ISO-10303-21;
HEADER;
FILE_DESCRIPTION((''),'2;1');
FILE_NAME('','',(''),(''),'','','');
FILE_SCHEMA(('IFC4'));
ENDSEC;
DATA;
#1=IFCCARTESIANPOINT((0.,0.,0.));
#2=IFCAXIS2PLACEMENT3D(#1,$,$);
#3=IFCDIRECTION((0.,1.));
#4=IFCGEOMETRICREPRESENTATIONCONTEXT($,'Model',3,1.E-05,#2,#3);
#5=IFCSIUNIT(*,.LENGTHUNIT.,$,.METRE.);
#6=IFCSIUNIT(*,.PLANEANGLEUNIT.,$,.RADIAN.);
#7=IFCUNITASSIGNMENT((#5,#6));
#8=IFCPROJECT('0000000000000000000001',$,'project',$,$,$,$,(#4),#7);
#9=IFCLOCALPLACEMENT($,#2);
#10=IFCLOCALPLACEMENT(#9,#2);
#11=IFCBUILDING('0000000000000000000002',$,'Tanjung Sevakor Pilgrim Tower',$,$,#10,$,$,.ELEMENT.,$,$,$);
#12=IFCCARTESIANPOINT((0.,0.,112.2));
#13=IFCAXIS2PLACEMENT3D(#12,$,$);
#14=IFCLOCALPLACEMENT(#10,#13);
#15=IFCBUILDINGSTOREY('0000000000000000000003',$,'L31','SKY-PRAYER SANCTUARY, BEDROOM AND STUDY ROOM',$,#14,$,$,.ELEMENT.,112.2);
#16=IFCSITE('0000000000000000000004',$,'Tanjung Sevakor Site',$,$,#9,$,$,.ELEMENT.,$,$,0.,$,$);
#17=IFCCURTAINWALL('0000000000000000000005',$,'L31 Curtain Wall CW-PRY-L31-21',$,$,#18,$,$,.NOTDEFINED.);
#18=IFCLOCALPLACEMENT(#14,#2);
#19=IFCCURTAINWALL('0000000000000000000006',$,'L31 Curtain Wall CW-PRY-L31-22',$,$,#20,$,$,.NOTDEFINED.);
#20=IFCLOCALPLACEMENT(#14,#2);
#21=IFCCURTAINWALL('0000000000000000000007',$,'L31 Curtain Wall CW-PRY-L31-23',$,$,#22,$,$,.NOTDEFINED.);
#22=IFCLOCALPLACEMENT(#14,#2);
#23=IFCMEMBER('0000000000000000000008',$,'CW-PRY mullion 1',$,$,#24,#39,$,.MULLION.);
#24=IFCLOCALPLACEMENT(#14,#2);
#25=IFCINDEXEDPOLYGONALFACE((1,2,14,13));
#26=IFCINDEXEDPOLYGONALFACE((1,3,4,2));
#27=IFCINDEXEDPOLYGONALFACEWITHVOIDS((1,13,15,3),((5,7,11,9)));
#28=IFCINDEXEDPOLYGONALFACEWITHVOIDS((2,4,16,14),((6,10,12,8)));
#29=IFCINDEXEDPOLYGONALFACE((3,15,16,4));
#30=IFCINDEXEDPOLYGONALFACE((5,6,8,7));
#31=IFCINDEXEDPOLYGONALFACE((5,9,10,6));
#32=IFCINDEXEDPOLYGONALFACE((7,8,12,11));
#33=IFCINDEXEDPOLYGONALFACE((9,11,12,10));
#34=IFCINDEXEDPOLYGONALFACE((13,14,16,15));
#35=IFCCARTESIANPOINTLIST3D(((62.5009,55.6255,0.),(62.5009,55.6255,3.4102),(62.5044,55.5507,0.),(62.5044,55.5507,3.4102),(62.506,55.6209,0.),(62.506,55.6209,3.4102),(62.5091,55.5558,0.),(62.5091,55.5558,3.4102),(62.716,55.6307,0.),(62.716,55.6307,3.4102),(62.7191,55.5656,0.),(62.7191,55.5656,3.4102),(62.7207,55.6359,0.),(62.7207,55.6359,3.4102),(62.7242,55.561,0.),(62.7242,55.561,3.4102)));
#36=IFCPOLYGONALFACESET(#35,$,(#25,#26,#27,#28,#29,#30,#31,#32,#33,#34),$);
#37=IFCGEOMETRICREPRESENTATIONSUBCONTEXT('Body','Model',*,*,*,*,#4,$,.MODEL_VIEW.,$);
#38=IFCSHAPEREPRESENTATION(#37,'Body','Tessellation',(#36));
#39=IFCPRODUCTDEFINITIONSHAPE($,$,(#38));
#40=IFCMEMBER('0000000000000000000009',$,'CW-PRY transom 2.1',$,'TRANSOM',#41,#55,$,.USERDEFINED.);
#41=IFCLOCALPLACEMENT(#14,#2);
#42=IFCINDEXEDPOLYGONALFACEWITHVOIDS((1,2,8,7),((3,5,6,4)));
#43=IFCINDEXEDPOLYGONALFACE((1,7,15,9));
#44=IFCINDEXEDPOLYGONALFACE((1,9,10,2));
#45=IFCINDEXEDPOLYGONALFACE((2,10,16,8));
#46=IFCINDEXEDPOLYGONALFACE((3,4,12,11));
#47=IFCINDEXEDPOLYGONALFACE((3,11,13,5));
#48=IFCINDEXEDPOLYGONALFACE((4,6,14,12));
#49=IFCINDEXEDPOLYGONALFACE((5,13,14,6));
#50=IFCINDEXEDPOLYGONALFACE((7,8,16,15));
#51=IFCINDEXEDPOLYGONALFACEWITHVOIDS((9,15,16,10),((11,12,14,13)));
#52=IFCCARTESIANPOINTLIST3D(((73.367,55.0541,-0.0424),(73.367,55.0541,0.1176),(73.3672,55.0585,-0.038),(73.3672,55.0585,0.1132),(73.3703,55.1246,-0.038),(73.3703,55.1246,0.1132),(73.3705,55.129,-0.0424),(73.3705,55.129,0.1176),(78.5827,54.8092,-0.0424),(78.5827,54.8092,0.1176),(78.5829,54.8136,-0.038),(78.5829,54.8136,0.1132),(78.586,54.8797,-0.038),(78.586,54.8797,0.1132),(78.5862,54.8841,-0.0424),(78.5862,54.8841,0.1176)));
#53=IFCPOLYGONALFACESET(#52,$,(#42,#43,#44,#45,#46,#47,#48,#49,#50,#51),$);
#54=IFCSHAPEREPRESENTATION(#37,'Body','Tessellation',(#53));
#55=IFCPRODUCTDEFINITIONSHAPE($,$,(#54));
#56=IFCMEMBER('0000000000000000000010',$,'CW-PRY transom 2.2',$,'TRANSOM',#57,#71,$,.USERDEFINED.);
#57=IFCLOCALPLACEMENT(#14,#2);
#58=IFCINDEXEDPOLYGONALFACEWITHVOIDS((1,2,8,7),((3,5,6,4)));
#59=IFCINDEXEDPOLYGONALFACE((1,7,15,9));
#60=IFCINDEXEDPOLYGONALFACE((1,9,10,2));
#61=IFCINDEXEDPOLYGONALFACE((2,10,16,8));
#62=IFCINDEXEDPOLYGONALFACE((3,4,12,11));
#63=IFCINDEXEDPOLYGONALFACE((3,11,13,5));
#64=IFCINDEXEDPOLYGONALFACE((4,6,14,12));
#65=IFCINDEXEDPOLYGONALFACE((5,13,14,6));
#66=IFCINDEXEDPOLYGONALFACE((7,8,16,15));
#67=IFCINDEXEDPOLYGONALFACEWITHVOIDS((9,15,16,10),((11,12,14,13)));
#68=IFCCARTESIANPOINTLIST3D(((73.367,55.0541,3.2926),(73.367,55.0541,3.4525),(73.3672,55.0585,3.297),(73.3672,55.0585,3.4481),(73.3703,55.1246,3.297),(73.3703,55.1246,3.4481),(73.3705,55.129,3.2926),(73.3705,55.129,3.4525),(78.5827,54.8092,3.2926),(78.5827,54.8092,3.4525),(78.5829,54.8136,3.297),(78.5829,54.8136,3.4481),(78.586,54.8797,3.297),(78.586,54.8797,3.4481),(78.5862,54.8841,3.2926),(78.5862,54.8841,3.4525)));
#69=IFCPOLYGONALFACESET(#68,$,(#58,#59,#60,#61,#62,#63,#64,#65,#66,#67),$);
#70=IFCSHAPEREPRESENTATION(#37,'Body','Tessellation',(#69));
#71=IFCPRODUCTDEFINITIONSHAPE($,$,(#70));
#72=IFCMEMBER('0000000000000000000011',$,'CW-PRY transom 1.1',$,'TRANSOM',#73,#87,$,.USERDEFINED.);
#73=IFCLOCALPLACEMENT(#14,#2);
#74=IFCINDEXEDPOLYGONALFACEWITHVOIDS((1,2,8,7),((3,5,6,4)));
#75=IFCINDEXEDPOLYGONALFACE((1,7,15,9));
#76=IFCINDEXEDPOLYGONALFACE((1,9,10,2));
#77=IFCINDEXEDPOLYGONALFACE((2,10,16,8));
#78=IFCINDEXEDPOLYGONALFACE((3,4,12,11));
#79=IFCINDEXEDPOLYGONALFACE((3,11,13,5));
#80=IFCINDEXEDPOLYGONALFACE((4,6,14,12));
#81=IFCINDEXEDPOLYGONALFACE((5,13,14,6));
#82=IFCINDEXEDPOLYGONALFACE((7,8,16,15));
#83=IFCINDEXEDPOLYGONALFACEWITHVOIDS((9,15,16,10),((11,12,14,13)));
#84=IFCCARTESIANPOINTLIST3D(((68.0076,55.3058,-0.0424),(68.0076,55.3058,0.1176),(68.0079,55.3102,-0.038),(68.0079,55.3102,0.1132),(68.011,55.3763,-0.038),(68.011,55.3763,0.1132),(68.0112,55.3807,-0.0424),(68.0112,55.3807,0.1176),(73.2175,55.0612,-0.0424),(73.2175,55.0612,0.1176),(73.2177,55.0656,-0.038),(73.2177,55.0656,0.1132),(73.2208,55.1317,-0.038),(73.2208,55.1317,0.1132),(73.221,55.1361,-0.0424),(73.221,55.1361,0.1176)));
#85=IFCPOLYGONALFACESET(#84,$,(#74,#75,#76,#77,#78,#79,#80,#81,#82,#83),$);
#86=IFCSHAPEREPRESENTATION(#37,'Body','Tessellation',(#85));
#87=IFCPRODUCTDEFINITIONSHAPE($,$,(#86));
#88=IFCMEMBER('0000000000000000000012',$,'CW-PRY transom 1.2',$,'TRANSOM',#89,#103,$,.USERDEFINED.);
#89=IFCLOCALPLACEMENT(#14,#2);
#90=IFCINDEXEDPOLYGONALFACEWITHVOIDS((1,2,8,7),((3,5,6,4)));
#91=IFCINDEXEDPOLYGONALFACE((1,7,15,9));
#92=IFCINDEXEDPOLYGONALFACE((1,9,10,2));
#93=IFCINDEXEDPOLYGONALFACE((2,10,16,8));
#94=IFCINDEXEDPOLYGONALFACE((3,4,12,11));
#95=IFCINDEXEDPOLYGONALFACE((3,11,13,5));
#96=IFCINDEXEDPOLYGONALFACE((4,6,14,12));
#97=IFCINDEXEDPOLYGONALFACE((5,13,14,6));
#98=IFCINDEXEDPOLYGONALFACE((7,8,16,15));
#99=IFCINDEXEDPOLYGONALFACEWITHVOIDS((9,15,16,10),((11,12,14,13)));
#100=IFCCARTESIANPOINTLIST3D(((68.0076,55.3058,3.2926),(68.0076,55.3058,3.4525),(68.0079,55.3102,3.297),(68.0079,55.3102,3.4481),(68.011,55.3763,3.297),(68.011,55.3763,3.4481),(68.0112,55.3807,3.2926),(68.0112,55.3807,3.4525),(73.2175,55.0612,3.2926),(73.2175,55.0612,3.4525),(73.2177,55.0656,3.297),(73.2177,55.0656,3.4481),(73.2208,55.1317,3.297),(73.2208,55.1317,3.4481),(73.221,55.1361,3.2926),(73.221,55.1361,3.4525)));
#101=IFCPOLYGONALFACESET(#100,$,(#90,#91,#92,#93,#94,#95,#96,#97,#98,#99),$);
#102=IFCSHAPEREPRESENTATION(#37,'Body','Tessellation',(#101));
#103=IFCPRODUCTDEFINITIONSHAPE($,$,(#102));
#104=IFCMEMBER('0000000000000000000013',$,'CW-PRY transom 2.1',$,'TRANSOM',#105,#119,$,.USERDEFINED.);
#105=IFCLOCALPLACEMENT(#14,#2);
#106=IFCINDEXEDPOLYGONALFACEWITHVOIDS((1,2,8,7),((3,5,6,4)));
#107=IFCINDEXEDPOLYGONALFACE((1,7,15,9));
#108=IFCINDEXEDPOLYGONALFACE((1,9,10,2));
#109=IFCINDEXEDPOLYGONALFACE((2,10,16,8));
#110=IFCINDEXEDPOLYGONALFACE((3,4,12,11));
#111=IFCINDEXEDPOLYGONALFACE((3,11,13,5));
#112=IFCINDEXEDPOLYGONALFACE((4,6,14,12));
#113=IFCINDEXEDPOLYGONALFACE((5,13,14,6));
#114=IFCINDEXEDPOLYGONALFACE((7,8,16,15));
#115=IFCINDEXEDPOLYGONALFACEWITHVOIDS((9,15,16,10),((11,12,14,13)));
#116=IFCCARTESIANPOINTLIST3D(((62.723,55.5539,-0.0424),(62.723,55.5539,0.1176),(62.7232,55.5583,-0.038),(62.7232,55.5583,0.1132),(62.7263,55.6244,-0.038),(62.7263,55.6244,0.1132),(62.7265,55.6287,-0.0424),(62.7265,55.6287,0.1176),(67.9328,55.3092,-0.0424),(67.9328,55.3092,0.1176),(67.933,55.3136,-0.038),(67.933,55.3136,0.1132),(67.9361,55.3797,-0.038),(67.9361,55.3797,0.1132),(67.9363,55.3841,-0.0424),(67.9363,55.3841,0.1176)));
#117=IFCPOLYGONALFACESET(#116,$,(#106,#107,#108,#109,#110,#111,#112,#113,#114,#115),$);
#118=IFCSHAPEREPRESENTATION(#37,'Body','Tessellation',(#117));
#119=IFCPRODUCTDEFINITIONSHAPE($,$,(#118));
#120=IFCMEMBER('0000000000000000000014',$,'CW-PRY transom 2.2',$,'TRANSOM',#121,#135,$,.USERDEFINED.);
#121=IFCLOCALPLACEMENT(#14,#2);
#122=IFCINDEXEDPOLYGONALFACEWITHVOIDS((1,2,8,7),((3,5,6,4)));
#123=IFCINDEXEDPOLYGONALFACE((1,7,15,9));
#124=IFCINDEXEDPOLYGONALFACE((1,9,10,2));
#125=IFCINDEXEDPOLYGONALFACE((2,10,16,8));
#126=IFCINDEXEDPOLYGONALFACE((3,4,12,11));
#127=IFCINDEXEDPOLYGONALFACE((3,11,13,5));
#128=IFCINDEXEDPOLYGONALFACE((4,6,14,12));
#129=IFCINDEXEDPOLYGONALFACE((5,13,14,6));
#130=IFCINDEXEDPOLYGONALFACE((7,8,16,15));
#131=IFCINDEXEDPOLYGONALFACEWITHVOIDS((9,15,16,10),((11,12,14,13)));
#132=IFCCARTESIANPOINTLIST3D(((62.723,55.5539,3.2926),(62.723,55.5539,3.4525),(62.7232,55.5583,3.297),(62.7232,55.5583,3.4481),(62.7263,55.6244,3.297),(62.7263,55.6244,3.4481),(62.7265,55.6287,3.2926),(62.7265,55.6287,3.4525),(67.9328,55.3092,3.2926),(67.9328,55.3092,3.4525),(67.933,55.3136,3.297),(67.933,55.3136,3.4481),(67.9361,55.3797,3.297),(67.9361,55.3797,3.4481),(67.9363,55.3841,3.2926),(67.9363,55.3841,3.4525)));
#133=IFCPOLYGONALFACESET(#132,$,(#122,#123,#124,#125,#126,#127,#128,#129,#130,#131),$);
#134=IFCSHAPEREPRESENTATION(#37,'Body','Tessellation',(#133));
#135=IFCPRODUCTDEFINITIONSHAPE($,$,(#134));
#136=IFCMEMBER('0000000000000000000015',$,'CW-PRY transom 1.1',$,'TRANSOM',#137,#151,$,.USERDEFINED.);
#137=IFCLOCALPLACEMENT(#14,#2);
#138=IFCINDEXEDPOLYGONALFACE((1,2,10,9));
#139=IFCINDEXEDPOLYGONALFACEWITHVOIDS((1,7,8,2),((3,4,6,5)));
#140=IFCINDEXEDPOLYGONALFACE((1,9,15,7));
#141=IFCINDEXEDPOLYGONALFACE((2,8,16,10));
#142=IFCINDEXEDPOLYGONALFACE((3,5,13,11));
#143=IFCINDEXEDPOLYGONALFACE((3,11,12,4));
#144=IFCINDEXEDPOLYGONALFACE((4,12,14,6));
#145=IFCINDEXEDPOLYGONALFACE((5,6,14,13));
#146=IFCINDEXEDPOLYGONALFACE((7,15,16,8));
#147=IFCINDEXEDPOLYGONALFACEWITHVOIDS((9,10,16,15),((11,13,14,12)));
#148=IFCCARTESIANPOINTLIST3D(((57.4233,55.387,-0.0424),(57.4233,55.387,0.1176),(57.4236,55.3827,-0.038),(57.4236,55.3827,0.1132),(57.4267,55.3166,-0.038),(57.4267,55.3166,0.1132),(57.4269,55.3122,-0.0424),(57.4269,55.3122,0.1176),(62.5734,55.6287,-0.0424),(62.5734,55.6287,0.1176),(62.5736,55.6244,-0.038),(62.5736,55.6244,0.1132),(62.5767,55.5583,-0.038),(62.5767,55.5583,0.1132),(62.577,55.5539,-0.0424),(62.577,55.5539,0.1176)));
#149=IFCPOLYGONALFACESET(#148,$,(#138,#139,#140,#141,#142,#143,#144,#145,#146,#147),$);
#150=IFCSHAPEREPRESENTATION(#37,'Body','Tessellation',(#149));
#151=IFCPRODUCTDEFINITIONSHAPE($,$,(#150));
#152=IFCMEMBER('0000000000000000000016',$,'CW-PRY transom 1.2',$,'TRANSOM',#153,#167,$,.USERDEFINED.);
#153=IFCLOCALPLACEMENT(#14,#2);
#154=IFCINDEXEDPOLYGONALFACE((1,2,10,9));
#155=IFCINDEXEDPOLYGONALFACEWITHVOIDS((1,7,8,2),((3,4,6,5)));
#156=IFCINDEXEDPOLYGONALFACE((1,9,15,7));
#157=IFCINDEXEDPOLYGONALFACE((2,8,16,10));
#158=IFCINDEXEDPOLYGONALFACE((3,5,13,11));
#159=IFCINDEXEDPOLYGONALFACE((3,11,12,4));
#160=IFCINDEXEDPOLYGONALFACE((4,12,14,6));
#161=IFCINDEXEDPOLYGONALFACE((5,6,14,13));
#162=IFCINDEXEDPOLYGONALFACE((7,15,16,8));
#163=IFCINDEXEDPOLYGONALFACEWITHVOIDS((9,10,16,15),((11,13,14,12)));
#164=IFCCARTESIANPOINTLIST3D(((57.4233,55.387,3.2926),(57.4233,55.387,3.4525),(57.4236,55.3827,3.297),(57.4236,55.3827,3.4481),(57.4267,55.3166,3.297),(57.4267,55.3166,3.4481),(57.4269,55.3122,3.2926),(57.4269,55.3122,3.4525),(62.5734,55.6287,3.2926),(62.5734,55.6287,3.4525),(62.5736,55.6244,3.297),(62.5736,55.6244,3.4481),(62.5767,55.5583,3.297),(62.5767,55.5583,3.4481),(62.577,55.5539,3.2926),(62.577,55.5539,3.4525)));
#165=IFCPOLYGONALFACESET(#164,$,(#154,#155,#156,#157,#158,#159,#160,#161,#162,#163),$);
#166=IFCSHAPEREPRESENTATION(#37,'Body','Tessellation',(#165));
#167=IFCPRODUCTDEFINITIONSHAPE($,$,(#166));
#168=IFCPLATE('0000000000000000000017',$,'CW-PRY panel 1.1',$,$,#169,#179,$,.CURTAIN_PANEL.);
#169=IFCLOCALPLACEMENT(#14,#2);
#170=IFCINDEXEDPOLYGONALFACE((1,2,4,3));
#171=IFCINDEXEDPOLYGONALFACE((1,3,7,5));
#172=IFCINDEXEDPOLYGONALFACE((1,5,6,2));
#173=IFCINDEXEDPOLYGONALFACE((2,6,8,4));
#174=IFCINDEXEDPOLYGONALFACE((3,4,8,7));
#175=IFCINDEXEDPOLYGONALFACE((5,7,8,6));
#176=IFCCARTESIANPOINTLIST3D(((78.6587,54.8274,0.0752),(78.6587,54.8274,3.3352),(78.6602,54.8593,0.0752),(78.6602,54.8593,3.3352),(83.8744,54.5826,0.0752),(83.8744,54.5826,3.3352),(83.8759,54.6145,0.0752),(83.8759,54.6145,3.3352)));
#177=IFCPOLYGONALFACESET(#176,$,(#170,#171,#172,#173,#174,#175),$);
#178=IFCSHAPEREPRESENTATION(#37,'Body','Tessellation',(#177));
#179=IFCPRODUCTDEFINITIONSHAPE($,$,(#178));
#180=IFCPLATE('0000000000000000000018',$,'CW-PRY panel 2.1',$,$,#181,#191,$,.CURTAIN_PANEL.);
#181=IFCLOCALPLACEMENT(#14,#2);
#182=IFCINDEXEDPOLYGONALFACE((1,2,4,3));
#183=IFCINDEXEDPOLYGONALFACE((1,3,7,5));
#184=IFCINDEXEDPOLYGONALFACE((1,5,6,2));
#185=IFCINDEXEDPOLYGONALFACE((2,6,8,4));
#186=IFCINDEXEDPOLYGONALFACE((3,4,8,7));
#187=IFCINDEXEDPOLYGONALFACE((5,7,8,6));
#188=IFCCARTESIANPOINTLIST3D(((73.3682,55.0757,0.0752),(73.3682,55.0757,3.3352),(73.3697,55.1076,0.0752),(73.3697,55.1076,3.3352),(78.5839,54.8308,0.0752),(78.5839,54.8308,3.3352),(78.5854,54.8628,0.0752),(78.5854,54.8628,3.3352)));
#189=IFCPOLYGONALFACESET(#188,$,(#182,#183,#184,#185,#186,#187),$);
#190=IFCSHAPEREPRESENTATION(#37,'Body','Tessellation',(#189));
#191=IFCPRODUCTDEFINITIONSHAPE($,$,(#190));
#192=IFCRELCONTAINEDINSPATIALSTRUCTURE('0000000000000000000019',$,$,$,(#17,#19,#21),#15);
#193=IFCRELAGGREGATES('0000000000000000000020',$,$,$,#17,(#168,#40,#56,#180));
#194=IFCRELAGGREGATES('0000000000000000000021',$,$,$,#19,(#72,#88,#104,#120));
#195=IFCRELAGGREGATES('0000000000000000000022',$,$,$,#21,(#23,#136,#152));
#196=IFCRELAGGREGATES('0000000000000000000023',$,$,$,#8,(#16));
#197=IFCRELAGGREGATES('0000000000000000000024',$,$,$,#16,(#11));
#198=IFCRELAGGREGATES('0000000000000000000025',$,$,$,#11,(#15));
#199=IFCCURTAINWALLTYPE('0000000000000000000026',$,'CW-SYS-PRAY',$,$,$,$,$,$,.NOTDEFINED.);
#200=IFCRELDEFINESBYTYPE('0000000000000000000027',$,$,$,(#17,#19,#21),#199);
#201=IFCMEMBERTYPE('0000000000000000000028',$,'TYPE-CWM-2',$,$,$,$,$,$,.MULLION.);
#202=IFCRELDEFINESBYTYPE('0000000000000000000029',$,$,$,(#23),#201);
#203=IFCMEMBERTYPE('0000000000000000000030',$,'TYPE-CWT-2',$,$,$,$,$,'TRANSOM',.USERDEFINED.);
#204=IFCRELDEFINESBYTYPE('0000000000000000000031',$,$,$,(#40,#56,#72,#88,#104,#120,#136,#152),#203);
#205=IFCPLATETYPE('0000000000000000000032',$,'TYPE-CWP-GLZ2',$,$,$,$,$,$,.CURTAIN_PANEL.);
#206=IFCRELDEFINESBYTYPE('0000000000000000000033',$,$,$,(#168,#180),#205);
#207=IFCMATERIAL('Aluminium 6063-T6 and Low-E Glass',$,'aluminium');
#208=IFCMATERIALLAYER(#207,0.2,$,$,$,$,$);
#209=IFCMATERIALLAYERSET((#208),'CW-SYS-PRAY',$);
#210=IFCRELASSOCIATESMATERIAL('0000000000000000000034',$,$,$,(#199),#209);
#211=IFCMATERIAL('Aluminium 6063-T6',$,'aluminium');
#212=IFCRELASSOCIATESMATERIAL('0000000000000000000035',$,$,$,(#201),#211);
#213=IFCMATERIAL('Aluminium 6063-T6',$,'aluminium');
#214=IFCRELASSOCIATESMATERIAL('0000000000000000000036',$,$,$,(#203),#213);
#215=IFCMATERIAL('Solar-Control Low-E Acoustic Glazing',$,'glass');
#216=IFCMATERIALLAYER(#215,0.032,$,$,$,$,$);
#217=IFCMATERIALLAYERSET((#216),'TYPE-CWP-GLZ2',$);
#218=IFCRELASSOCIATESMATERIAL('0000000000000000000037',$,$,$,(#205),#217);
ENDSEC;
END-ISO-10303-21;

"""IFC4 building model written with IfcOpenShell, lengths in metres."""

from ifc_helpers import new_model, si_unit, direction, frame, origin, origin_2d, place, context, subcontext, project, spatial, rectangle, hollow_rectangle, extrude, material, layer, layer_set, material_profile, profile_set, type_object, element, aggregate, save


model = new_model("IFC4")

# Units and contexts
model_context = context("Model", 3, precision=1e-05, world=origin(), true_north=direction((0.0, 1.0)))
body_context = subcontext(model_context, "Body", "Model", "MODEL_VIEW")
ifc_project = project(units=[si_unit("LENGTHUNIT", "METRE"), si_unit("PLANEANGLEUNIT", "RADIAN")], contexts=[model_context])

# Site, building, storey
site_placement = place(None, origin())
site = spatial("IfcSite", under=ifc_project, at=site_placement, Name="Tanjung Sevakor Site", CompositionType="ELEMENT", RefElevation=0.0)
building_placement = place(site_placement, origin())
building = spatial("IfcBuilding", under=site, at=building_placement, Name="Tanjung Sevakor Pilgrim Tower", CompositionType="ELEMENT")
storey_placement = place(building_placement, frame((0.0, 0.0, 112.2)))
storey = spatial("IfcBuildingStorey", under=building, at=storey_placement, Name="L31", Description="SKY-PRAYER SANCTUARY, BEDROOM AND STUDY ROOM", CompositionType="ELEMENT", Elevation=112.2)

# Curtain walls
ifc_material_1 = material(Name="Aluminium 6063-T6 and Low-E Glass", Category="aluminium")
ifc_layer_1 = layer(ifc_material_1, 0.2)
ifc_layer_set_1 = layer_set([ifc_layer_1], Name="CW-SYS-PRAY")
curtain_wall_type = type_object("IfcCurtainWallType", Name="CW-SYS-PRAY", PredefinedType="NOTDEFINED", material=ifc_layer_set_1)
curtain_wall_1_placement = place(storey_placement, origin())
curtain_wall_1 = element("IfcCurtainWall", 1, at=curtain_wall_1_placement, inside=storey, type_object=curtain_wall_type, Name="L31 Curtain Wall CW-PRY-L31-21", PredefinedType="NOTDEFINED")
ifc_material_2 = material(Name="Aluminium 6063-T6", Category="aluminium")
ifc_material_profile_1 = material_profile(ifc_material_2, hollow_rectangle(XDim=0.075, YDim=0.22, WallThickness=0.0049, at=origin_2d()))
ifc_profile_set_1 = profile_set([ifc_material_profile_1], Name="Aluminium 6063-T6")
member_type_1 = type_object("IfcMemberType", Name="TYPE-CWM-2", PredefinedType="MULLION", material=ifc_profile_set_1)
curtain_wall_2_placement = place(storey_placement, origin())
curtain_wall_2 = element("IfcCurtainWall", 2, at=curtain_wall_2_placement, inside=storey, type_object=curtain_wall_type, Name="L31 Curtain Wall CW-PRY-L31-22", PredefinedType="NOTDEFINED")

# Curtain wall, member
curtain_wall_3_placement = place(storey_placement, origin())
curtain_wall_3 = element("IfcCurtainWall", 3, at=curtain_wall_3_placement, inside=storey, type_object=curtain_wall_type, Name="L31 Curtain Wall CW-PRY-L31-23", PredefinedType="NOTDEFINED")
member_1_placement = place(storey_placement, frame((62.6125, 55.5933, 0.0), z_axis=(0.0, 0.0, 1.0), x_axis=(0.046903, -0.998899, 0.0)))
member_1 = element("IfcMember", 4, at=member_1_placement, type_object=member_type_1, Name="CW-PRY mullion 1", PredefinedType="MULLION", context=body_context, shape_type="SweptSolid", body=[
    extrude(hollow_rectangle(XDim=0.075, YDim=0.22, WallThickness=0.0049, at=origin_2d()), origin(), (0.0, 0.0, 1.0), 3.4102),
])

# Members
ifc_material_3 = material(Name="Aluminium 6063-T6", Category="aluminium")
ifc_material_profile_2 = material_profile(ifc_material_3, hollow_rectangle(XDim=0.075, YDim=0.1599, WallThickness=0.0044, at=origin_2d()))
ifc_profile_set_2 = profile_set([ifc_material_profile_2], Name="Aluminium 6063-T6")
member_type_2 = type_object("IfcMemberType", Name="TYPE-CWT-2", ElementType="TRANSOM", PredefinedType="USERDEFINED", material=ifc_profile_set_2)
member_2_placement = place(storey_placement, frame((78.5845, 54.8467, 0.0376), z_axis=(-0.9989, 0.046899, 0.0), x_axis=(-0.046899, -0.9989, 0.0)))
member_2 = element("IfcMember", 5, at=member_2_placement, type_object=member_type_2, Name="CW-PRY transom 2.1", ObjectType="TRANSOM", PredefinedType="USERDEFINED", context=body_context, shape_type="SweptSolid", body=[
    extrude(hollow_rectangle(XDim=0.075, YDim=0.1599, WallThickness=0.0044, at=origin_2d()), origin(), (0.0, 0.0, 1.0), 5.2214),
])
member_3_placement = place(storey_placement, frame((78.5845, 54.8467, 3.3726), z_axis=(-0.9989, 0.046899, 0.0), x_axis=(-0.046899, -0.9989, 0.0)))
member_3 = element("IfcMember", 6, at=member_3_placement, type_object=member_type_2, Name="CW-PRY transom 2.2", ObjectType="TRANSOM", PredefinedType="USERDEFINED", context=body_context, shape_type="SweptSolid", body=[
    extrude(hollow_rectangle(XDim=0.075, YDim=0.1599, WallThickness=0.0044, at=origin_2d()), origin(), (0.0, 0.0, 1.0), 5.2214),
])
member_4_placement = place(storey_placement, frame((73.2192, 55.0986, 0.0376), z_axis=(-0.998899, 0.046905, 0.0), x_axis=(-0.046905, -0.998899, 0.0)))
member_4 = element("IfcMember", 7, at=member_4_placement, type_object=member_type_2, Name="CW-PRY transom 1.1", ObjectType="TRANSOM", PredefinedType="USERDEFINED", context=body_context, shape_type="SweptSolid", body=[
    extrude(hollow_rectangle(XDim=0.075, YDim=0.1599, WallThickness=0.0044, at=origin_2d()), origin(), (0.0, 0.0, 1.0), 5.2156),
])
member_5_placement = place(storey_placement, frame((73.2192, 55.0986, 3.3726), z_axis=(-0.998899, 0.046905, 0.0), x_axis=(-0.046905, -0.998899, 0.0)))
member_5 = element("IfcMember", 8, at=member_5_placement, type_object=member_type_2, Name="CW-PRY transom 1.2", ObjectType="TRANSOM", PredefinedType="USERDEFINED", context=body_context, shape_type="SweptSolid", body=[
    extrude(hollow_rectangle(XDim=0.075, YDim=0.1599, WallThickness=0.0044, at=origin_2d()), origin(), (0.0, 0.0, 1.0), 5.2156),
])
member_6_placement = place(storey_placement, frame((67.9346, 55.3467, 0.0376), z_axis=(-0.998899, 0.046905, 0.0), x_axis=(-0.046905, -0.998899, 0.0)))
member_6 = element("IfcMember", 9, at=member_6_placement, type_object=member_type_2, Name="CW-PRY transom 2.1", ObjectType="TRANSOM", PredefinedType="USERDEFINED", context=body_context, shape_type="SweptSolid", body=[
    extrude(hollow_rectangle(XDim=0.075, YDim=0.1599, WallThickness=0.0044, at=origin_2d()), origin(), (0.0, 0.0, 1.0), 5.2156),
])
member_7_placement = place(storey_placement, frame((67.9346, 55.3467, 3.3726), z_axis=(-0.998899, 0.046905, 0.0), x_axis=(-0.046905, -0.998899, 0.0)))
member_7 = element("IfcMember", 10, at=member_7_placement, type_object=member_type_2, Name="CW-PRY transom 2.2", ObjectType="TRANSOM", PredefinedType="USERDEFINED", context=body_context, shape_type="SweptSolid", body=[
    extrude(hollow_rectangle(XDim=0.075, YDim=0.1599, WallThickness=0.0044, at=origin_2d()), origin(), (0.0, 0.0, 1.0), 5.2156),
])
member_8_placement = place(storey_placement, frame((62.5752, 55.5913, 0.0376), z_axis=(-0.998901, -0.046879, 0.0), x_axis=(0.046879, -0.998901, 0.0)))
member_8 = element("IfcMember", 11, at=member_8_placement, type_object=member_type_2, Name="CW-PRY transom 1.1", ObjectType="TRANSOM", PredefinedType="USERDEFINED", context=body_context, shape_type="SweptSolid", body=[
    extrude(hollow_rectangle(XDim=0.075, YDim=0.1599, WallThickness=0.0044, at=origin_2d()), origin(), (0.0, 0.0, 1.0), 5.1558),
])
member_9_placement = place(storey_placement, frame((62.5752, 55.5913, 3.3726), z_axis=(-0.998901, -0.046879, 0.0), x_axis=(0.046879, -0.998901, 0.0)))
member_9 = element("IfcMember", 12, at=member_9_placement, type_object=member_type_2, Name="CW-PRY transom 1.2", ObjectType="TRANSOM", PredefinedType="USERDEFINED", context=body_context, shape_type="SweptSolid", body=[
    extrude(hollow_rectangle(XDim=0.075, YDim=0.1599, WallThickness=0.0044, at=origin_2d()), origin(), (0.0, 0.0, 1.0), 5.1558),
])

# Plates
ifc_material_4 = material(Name="Solar-Control Low-E Acoustic Glazing", Category="glass")
ifc_layer_2 = layer(ifc_material_4, 0.032)
ifc_layer_set_2 = layer_set([ifc_layer_2], Name="TYPE-CWP-GLZ2")
plate_type = type_object("IfcPlateType", Name="TYPE-CWP-GLZ2", PredefinedType="CURTAIN_PANEL", material=ifc_layer_set_2)
plate_1_placement = place(storey_placement, frame((81.2673, 54.7209, 0.0752), z_axis=(0.0, 0.0, 1.0), x_axis=(-0.9989, 0.046889, 0.0)))
plate_1 = element("IfcPlate", 13, at=plate_1_placement, type_object=plate_type, Name="CW-PRY panel 1.1", PredefinedType="CURTAIN_PANEL", context=body_context, shape_type="SweptSolid", body=[
    extrude(rectangle(XDim=5.2214, YDim=0.032, at=origin_2d()), origin(), (0.0, 0.0, 1.0), 3.26),
])
plate_2_placement = place(storey_placement, frame((75.9768, 54.9692, 0.0752), z_axis=(0.0, 0.0, 1.0), x_axis=(-0.9989, 0.046889, 0.0)))
plate_2 = element("IfcPlate", 14, at=plate_2_placement, type_object=plate_type, Name="CW-PRY panel 2.1", PredefinedType="CURTAIN_PANEL", context=body_context, shape_type="SweptSolid", body=[
    extrude(rectangle(XDim=5.2214, YDim=0.032, at=origin_2d()), origin(), (0.0, 0.0, 1.0), 3.26),
])
aggregate(curtain_wall_1, [plate_1, member_2, member_3, plate_2])
aggregate(curtain_wall_2, [member_4, member_5, member_6, member_7])
aggregate(curtain_wall_3, [member_1, member_8, member_9])

save(model, "model.ifc")
